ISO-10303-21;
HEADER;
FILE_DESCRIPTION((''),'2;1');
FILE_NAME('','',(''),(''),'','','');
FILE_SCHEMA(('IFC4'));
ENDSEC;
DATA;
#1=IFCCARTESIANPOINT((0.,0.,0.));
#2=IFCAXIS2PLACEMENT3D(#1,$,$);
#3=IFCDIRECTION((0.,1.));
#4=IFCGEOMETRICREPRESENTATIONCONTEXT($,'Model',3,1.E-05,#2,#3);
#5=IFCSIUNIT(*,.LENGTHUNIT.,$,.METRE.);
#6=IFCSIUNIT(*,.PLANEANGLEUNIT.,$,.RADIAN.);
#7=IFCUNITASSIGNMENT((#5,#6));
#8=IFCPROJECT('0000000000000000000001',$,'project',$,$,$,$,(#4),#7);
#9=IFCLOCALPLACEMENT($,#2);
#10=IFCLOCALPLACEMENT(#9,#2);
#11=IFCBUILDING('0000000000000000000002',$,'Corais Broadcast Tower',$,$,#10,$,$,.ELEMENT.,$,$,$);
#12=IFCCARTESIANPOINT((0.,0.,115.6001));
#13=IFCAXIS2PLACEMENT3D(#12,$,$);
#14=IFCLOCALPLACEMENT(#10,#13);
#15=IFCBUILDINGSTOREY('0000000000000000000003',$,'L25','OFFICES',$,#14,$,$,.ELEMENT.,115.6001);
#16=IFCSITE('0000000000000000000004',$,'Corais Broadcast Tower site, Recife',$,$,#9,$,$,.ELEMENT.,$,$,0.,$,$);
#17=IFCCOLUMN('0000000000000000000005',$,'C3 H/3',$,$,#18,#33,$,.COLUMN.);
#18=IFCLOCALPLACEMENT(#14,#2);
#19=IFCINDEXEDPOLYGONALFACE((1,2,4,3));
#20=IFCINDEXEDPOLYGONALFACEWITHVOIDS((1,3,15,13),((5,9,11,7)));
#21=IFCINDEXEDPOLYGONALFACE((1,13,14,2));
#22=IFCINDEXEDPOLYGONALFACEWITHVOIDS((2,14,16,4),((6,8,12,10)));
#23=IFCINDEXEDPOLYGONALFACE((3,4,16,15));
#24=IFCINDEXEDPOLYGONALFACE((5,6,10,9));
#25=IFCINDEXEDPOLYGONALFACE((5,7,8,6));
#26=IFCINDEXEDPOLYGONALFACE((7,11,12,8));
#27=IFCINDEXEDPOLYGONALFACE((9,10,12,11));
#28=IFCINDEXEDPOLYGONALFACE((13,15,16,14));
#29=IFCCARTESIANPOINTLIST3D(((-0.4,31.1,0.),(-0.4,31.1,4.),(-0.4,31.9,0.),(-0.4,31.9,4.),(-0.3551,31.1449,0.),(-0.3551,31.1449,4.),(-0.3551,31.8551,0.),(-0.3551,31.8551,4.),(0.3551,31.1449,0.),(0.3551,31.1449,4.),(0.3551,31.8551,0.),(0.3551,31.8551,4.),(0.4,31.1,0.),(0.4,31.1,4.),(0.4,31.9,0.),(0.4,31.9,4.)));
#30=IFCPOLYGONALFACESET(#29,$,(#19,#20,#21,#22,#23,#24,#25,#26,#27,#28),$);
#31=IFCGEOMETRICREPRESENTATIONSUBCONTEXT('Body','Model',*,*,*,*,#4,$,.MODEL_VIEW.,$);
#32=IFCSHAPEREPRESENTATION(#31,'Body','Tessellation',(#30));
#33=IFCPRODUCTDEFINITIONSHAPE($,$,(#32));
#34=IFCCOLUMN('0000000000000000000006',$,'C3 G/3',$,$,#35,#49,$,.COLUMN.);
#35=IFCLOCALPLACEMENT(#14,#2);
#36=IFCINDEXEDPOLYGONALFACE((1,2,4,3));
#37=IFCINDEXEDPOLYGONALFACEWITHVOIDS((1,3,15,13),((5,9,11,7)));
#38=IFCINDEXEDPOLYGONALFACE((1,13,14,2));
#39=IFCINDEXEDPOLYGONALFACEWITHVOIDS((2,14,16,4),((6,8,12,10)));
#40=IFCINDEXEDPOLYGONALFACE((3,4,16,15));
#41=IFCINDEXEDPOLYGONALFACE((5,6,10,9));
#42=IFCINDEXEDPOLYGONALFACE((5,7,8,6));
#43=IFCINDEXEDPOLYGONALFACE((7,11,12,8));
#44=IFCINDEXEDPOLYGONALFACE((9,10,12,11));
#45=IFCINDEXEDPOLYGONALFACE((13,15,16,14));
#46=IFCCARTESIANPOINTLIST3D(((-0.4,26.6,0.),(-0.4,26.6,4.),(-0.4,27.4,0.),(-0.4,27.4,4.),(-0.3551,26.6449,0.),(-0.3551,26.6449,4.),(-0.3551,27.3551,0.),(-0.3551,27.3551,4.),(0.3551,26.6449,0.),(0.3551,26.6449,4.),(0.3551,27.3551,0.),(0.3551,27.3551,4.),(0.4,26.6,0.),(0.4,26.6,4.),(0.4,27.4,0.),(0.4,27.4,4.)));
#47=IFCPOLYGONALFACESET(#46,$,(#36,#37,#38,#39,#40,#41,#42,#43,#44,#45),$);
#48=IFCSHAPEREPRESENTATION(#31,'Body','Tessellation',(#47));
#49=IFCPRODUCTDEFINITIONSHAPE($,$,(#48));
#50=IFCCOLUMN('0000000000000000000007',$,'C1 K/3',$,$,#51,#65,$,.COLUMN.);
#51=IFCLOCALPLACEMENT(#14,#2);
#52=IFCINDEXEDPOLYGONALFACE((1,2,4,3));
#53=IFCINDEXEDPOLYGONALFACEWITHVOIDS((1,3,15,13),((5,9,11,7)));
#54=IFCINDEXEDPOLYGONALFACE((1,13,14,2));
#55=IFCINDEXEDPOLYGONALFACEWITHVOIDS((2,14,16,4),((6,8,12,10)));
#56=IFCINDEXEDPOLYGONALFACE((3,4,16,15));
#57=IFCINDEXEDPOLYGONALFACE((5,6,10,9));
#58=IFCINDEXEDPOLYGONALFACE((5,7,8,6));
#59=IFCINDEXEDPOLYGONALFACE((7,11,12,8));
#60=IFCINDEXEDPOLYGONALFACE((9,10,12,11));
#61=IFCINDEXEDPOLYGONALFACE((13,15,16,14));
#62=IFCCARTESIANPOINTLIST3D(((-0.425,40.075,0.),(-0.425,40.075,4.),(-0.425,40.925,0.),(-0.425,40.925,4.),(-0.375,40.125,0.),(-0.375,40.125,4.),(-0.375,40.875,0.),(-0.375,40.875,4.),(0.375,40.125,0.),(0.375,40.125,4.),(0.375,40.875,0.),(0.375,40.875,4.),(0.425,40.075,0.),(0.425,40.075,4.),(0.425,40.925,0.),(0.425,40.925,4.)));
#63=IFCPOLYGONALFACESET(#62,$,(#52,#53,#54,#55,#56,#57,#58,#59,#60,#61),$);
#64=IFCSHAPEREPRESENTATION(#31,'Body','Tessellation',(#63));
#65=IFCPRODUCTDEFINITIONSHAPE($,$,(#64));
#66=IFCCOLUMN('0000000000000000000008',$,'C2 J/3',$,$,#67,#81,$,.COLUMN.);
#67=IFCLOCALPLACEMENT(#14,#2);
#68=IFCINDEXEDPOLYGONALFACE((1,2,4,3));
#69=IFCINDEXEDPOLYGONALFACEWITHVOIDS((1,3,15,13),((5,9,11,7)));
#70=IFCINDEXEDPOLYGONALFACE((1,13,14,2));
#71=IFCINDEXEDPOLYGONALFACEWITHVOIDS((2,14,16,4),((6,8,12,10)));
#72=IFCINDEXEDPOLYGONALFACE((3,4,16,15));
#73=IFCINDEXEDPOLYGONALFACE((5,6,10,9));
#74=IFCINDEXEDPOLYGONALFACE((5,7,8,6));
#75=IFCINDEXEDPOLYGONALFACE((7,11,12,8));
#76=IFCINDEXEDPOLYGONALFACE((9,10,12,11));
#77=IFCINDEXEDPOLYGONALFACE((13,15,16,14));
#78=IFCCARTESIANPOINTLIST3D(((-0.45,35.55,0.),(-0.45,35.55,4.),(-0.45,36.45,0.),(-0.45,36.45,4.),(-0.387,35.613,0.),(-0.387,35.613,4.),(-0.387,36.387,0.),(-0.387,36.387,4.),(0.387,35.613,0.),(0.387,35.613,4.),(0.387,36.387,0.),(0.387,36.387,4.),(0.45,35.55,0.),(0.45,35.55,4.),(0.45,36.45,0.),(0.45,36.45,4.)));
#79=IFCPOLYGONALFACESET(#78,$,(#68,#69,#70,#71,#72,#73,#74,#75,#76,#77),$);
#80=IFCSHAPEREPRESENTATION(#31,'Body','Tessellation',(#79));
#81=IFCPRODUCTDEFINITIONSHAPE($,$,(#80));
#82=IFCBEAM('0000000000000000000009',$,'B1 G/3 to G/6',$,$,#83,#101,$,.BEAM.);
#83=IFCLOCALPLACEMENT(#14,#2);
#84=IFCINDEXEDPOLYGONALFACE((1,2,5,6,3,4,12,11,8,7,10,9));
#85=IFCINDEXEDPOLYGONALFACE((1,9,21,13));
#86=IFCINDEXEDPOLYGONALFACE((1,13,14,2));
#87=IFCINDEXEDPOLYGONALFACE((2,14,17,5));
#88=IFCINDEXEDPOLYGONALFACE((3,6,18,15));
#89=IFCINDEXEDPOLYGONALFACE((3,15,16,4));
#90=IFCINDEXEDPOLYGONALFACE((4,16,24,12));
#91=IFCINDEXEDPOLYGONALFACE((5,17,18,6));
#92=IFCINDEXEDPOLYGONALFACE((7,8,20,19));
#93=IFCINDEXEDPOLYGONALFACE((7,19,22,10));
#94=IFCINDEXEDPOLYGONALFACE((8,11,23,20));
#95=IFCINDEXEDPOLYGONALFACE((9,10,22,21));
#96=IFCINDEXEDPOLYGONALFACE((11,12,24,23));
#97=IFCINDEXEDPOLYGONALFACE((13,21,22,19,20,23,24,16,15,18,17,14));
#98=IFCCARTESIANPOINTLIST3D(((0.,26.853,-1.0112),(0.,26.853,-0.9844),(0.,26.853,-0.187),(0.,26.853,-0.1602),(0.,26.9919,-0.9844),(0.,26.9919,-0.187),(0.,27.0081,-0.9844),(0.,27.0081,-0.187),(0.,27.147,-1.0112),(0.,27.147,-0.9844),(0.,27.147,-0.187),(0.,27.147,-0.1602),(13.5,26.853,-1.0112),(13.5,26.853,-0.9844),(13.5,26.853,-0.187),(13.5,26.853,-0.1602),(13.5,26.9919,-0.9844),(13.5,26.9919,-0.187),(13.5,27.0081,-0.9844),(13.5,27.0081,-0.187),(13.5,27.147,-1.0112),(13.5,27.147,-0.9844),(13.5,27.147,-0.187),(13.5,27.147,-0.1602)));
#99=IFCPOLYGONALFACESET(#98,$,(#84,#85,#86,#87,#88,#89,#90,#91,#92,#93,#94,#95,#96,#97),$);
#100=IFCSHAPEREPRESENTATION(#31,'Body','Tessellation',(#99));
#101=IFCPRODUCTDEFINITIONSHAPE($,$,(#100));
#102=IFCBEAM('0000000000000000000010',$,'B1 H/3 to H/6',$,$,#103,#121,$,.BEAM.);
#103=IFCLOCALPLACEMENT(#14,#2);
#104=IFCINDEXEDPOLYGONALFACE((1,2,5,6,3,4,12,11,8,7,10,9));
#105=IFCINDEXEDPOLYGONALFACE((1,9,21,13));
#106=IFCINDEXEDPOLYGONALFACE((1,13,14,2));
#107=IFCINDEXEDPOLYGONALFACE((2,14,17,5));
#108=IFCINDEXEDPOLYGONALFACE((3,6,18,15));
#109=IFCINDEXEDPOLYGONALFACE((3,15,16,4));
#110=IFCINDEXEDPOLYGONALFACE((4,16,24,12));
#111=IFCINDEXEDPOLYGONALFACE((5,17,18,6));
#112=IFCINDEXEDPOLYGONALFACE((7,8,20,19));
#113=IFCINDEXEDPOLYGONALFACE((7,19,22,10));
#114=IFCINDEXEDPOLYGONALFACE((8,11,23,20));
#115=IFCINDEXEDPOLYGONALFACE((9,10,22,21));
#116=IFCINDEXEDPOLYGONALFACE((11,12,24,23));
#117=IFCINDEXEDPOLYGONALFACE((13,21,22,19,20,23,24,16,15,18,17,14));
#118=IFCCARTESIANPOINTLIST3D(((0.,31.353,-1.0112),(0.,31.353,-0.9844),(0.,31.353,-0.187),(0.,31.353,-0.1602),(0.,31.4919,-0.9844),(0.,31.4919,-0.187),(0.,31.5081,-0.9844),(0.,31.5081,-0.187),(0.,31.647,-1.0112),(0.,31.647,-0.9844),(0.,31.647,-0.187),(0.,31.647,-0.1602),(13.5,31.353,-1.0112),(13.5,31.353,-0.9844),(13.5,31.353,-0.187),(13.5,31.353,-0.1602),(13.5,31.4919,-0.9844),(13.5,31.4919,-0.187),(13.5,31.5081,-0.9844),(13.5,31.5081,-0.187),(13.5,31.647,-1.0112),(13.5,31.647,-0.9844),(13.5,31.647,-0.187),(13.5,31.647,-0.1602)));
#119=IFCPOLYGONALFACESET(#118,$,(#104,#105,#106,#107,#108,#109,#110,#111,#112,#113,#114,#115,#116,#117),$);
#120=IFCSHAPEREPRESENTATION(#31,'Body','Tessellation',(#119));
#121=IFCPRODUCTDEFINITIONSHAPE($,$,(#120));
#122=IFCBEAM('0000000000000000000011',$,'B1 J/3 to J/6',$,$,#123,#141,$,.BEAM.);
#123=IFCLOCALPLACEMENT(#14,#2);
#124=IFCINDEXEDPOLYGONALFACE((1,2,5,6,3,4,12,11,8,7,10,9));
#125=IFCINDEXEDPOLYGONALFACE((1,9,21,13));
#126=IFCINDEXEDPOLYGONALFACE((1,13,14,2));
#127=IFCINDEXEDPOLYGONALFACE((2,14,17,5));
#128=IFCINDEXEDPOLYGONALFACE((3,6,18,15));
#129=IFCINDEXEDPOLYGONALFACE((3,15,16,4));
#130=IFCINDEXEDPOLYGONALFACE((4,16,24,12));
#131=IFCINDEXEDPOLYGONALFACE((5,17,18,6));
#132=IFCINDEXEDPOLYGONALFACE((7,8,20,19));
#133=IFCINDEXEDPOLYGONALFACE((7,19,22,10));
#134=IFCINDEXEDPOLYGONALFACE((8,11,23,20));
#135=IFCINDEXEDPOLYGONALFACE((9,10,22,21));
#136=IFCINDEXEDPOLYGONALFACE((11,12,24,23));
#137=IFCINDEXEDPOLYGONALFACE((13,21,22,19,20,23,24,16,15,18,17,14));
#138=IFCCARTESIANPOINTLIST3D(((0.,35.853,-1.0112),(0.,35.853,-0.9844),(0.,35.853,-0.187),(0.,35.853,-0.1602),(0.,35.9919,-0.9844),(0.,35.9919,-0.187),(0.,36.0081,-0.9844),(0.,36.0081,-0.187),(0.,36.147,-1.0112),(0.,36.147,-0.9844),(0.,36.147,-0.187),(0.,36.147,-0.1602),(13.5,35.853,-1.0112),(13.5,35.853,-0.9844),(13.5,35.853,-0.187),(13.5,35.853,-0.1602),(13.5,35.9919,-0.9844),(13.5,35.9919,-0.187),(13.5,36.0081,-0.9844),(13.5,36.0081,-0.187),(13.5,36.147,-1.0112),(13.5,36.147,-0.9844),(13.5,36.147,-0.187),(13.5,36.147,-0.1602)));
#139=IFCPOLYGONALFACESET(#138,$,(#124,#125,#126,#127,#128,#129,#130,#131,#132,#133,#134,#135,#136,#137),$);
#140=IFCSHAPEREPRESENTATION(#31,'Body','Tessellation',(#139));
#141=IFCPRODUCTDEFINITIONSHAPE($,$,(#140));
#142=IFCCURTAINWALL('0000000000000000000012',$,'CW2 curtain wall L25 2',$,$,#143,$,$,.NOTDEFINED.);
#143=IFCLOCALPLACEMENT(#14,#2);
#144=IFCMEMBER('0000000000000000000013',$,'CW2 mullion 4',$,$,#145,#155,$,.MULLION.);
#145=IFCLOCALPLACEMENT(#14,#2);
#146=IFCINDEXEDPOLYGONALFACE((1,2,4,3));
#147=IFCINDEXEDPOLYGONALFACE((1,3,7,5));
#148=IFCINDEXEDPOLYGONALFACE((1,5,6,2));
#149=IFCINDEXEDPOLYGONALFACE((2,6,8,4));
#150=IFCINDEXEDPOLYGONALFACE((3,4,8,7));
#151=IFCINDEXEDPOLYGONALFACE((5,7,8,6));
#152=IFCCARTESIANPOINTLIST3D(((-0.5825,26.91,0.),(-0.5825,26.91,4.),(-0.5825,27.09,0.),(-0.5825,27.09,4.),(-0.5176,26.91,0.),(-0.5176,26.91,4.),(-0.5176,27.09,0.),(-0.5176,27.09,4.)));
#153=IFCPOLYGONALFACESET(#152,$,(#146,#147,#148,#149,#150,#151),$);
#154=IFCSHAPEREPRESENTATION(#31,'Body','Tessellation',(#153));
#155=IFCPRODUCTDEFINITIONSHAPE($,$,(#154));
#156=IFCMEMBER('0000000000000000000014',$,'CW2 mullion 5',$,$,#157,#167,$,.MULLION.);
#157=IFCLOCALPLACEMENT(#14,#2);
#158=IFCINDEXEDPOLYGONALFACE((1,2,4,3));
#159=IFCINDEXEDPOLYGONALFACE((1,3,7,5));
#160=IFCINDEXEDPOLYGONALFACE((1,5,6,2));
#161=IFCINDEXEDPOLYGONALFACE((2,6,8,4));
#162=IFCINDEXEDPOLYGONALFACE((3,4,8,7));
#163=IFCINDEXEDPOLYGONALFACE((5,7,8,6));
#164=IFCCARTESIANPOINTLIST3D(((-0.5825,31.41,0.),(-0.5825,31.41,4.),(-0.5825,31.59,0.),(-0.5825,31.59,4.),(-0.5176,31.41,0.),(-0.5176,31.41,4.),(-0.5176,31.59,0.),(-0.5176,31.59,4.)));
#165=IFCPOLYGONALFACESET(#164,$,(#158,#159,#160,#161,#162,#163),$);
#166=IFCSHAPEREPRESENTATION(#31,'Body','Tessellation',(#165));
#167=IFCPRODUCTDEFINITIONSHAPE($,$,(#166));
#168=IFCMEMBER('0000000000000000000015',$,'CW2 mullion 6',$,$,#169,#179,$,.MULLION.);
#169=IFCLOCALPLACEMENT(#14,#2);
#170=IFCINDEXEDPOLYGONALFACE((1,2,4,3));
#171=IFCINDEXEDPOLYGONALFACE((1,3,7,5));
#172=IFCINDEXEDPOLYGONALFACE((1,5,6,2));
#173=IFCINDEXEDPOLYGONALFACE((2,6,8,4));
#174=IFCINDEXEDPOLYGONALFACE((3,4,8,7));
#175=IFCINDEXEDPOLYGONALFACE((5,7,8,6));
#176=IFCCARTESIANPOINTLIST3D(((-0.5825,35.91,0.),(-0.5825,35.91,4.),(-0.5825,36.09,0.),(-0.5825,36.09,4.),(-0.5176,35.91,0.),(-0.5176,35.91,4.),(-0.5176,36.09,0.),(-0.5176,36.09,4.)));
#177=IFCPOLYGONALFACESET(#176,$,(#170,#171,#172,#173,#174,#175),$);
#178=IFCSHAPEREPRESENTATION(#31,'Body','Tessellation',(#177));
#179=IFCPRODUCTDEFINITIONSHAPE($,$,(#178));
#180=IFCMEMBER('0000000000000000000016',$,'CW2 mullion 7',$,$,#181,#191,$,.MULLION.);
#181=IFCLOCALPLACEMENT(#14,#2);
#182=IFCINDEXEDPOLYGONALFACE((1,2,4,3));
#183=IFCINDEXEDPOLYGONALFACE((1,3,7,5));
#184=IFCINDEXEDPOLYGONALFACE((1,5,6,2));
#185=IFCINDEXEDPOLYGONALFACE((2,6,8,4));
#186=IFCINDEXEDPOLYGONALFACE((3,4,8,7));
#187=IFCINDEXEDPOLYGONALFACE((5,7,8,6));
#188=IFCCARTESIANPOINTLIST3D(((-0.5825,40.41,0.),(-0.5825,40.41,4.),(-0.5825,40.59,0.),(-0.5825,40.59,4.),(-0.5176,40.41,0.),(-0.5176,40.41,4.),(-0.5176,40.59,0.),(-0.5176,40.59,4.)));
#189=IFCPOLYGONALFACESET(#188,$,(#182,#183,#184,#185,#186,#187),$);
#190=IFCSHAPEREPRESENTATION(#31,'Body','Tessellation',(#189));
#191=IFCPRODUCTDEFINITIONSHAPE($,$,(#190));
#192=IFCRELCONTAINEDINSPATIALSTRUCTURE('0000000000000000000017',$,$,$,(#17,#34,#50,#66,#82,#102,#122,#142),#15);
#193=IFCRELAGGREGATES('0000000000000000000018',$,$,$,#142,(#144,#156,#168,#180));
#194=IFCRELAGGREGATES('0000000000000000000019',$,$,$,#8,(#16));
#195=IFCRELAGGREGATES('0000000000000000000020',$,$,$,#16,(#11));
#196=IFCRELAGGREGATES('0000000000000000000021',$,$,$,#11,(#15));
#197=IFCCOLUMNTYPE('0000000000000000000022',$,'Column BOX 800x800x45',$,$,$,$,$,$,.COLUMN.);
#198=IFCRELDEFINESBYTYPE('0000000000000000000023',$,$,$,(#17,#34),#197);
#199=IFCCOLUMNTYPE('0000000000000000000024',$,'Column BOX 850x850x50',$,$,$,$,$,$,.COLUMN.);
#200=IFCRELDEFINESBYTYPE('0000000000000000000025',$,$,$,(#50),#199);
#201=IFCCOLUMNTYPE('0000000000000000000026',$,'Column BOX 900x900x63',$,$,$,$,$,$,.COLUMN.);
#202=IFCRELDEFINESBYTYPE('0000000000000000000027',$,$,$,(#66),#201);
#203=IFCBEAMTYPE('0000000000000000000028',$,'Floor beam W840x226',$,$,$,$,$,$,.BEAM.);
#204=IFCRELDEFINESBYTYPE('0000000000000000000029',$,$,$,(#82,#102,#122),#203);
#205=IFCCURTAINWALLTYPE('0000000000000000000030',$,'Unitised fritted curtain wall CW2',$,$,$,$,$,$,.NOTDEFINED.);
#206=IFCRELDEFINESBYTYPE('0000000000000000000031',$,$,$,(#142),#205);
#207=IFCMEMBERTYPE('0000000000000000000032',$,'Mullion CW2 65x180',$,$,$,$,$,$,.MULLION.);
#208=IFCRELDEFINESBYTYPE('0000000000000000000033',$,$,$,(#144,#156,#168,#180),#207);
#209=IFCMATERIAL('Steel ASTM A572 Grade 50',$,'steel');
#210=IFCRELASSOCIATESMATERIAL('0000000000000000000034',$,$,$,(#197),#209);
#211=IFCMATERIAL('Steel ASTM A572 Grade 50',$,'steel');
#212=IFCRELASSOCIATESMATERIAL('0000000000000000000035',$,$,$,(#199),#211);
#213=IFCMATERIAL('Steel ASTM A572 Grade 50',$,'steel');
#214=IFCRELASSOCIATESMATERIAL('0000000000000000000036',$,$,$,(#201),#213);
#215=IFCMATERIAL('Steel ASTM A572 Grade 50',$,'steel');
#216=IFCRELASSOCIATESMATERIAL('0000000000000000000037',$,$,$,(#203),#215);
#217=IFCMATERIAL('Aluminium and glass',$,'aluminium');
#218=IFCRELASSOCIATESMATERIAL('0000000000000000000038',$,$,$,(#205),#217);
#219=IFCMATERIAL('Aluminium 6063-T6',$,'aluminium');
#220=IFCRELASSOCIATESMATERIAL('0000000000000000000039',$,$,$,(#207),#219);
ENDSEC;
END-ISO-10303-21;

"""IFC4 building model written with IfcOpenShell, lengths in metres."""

from ifc_helpers import new_model, si_unit, direction, frame, origin, origin_2d, place, context, subcontext, project, spatial, rectangle, hollow_rectangle, i_section, extrude, material, material_profile, profile_set, type_object, element, aggregate, save


model = new_model("IFC4")

# Units and contexts
model_context = context("Model", 3, precision=1e-05, world=origin(), true_north=direction((0.0, 1.0)))
body_context = subcontext(model_context, "Body", "Model", "MODEL_VIEW")
ifc_project = project(units=[si_unit("LENGTHUNIT", "METRE"), si_unit("PLANEANGLEUNIT", "RADIAN")], contexts=[model_context])

# Site, building, storey
site_placement = place(None, origin())
site = spatial("IfcSite", under=ifc_project, at=site_placement, Name="Corais Broadcast Tower site, Recife", CompositionType="ELEMENT", RefElevation=0.0)
building_placement = place(site_placement, origin())
building = spatial("IfcBuilding", under=site, at=building_placement, Name="Corais Broadcast Tower", CompositionType="ELEMENT")
storey_placement = place(building_placement, frame((0.0, 0.0, 115.6001)))
storey = spatial("IfcBuildingStorey", under=building, at=storey_placement, Name="L25", Description="OFFICES", CompositionType="ELEMENT", Elevation=115.6001)

# Columns
ifc_material_1 = material(Name="Steel ASTM A572 Grade 50", Category="steel")
ifc_material_profile_1 = material_profile(ifc_material_1, hollow_rectangle(XDim=0.8, YDim=0.8, WallThickness=0.0449, at=origin_2d()), Name="BOX 800x800x45")
ifc_profile_set_1 = profile_set([ifc_material_profile_1], Name="Steel ASTM A572 Grade 50")
column_type_1 = type_object("IfcColumnType", Name="Column BOX 800x800x45", PredefinedType="COLUMN", material=ifc_profile_set_1)
for number, where, z_axis, x_axis, name in (
    (1, (0.0, 31.5, 0.0), (0.0, 0.0, 1.0), (1.0, 0.0, 0.0), "C3 H/3"),
    (2, (0.0, 27.0, 0.0), (0.0, 0.0, 1.0), (1.0, 0.0, 0.0), "C3 G/3"),
):
    element("IfcColumn", number, at=place(storey_placement, frame(where, z_axis=z_axis, x_axis=x_axis)), inside=storey, type_object=column_type_1, Name=name, PredefinedType="COLUMN", context=body_context, shape_type="SweptSolid", body=[
        extrude(hollow_rectangle(XDim=0.8, YDim=0.8, WallThickness=0.0449, at=origin_2d()), origin(), (0.0, 0.0, 1.0), 4.0),
    ])
ifc_material_2 = material(Name="Steel ASTM A572 Grade 50", Category="steel")
ifc_material_profile_2 = material_profile(ifc_material_2, hollow_rectangle(XDim=0.8501, YDim=0.8501, WallThickness=0.05, at=origin_2d()), Name="BOX 850x850x50")
ifc_profile_set_2 = profile_set([ifc_material_profile_2], Name="Steel ASTM A572 Grade 50")
column_type_2 = type_object("IfcColumnType", Name="Column BOX 850x850x50", PredefinedType="COLUMN", material=ifc_profile_set_2)
column_1_placement = place(storey_placement, frame((0.0, 40.5, 0.0), z_axis=(0.0, 0.0, 1.0), x_axis=(1.0, 0.0, 0.0)))
element("IfcColumn", 3, at=column_1_placement, inside=storey, type_object=column_type_2, Name="C1 K/3", PredefinedType="COLUMN", context=body_context, shape_type="SweptSolid", body=[
    extrude(hollow_rectangle(XDim=0.8501, YDim=0.8501, WallThickness=0.05, at=origin_2d()), origin(), (0.0, 0.0, 1.0), 4.0),
])
ifc_material_3 = material(Name="Steel ASTM A572 Grade 50", Category="steel")
ifc_material_profile_3 = material_profile(ifc_material_3, hollow_rectangle(XDim=0.8999, YDim=0.8999, WallThickness=0.063, at=origin_2d()), Name="BOX 900x900x63")
ifc_profile_set_3 = profile_set([ifc_material_profile_3], Name="Steel ASTM A572 Grade 50")
column_type_3 = type_object("IfcColumnType", Name="Column BOX 900x900x63", PredefinedType="COLUMN", material=ifc_profile_set_3)
column_2_placement = place(storey_placement, frame((0.0, 36.0, 0.0), z_axis=(0.0, 0.0, 1.0), x_axis=(1.0, 0.0, 0.0)))
element("IfcColumn", 4, at=column_2_placement, inside=storey, type_object=column_type_3, Name="C2 J/3", PredefinedType="COLUMN", context=body_context, shape_type="SweptSolid", body=[
    extrude(hollow_rectangle(XDim=0.8999, YDim=0.8999, WallThickness=0.063, at=origin_2d()), origin(), (0.0, 0.0, 1.0), 4.0),
])

# Beams
ifc_material_4 = material(Name="Steel ASTM A572 Grade 50", Category="steel")
ifc_material_profile_4 = material_profile(ifc_material_4, i_section(OverallWidth=0.2939, OverallDepth=0.8511, WebThickness=0.0161, FlangeThickness=0.0269, at=origin_2d()), Name="W840x226")
ifc_profile_set_4 = profile_set([ifc_material_profile_4], Name="Steel ASTM A572 Grade 50")
beam_type_1 = type_object("IfcBeamType", Name="Floor beam W840x226", PredefinedType="BEAM", material=ifc_profile_set_4)
for number, where, z_axis, x_axis, name in (
    (5, (0.0, 27.0, -0.5857), (1.0, 0.0, 0.0), (0.0, 1.0, 0.0), "B1 G/3 to G/6"),
    (6, (0.0, 31.5, -0.5857), (1.0, 0.0, 0.0), (0.0, 1.0, 0.0), "B1 H/3 to H/6"),
    (7, (0.0, 36.0, -0.5857), (1.0, 0.0, 0.0), (0.0, 1.0, 0.0), "B1 J/3 to J/6"),
):
    element("IfcBeam", number, at=place(storey_placement, frame(where, z_axis=z_axis, x_axis=x_axis)), inside=storey, type_object=beam_type_1, Name=name, PredefinedType="BEAM", context=body_context, shape_type="SweptSolid", body=[
        extrude(i_section(OverallWidth=0.2939, OverallDepth=0.8511, WebThickness=0.0161, FlangeThickness=0.0269, at=origin_2d()), origin(), (0.0, 0.0, 1.0), 13.5),
    ])

# Curtain wall, members
ifc_material_5 = material(Name="Aluminium and glass", Category="aluminium")
curtain_wall_type = type_object("IfcCurtainWallType", Name="Unitised fritted curtain wall CW2", PredefinedType="NOTDEFINED", material=ifc_material_5)
curtain_wall_placement = place(storey_placement, origin())
curtain_wall = element("IfcCurtainWall", 8, at=curtain_wall_placement, inside=storey, type_object=curtain_wall_type, Name="CW2 curtain wall L25 2", PredefinedType="NOTDEFINED")
ifc_material_6 = material(Name="Aluminium 6063-T6", Category="aluminium")
ifc_material_profile_5 = material_profile(ifc_material_6, rectangle(XDim=0.0649, YDim=0.1799, at=origin_2d()), Name="Mullion CW2 65x180")
ifc_profile_set_5 = profile_set([ifc_material_profile_5], Name="Aluminium 6063-T6")
member_type_1 = type_object("IfcMemberType", Name="Mullion CW2 65x180", PredefinedType="MULLION", material=ifc_profile_set_5)
member_1_placement = place(storey_placement, frame((-0.55, 27.0, 0.0), z_axis=(0.0, 0.0, 1.0), x_axis=(-1.0, 0.0, 0.0)))
member_1 = element("IfcMember", 9, at=member_1_placement, type_object=member_type_1, Name="CW2 mullion 4", PredefinedType="MULLION", context=body_context, shape_type="SweptSolid", body=[
    extrude(rectangle(XDim=0.0649, YDim=0.1799, at=origin_2d()), origin(), (0.0, 0.0, 1.0), 4.0),
])
member_2_placement = place(storey_placement, frame((-0.55, 31.5, 0.0), z_axis=(0.0, 0.0, 1.0), x_axis=(-1.0, 0.0, 0.0)))
member_2 = element("IfcMember", 10, at=member_2_placement, type_object=member_type_1, Name="CW2 mullion 5", PredefinedType="MULLION", context=body_context, shape_type="SweptSolid", body=[
    extrude(rectangle(XDim=0.0649, YDim=0.1799, at=origin_2d()), origin(), (0.0, 0.0, 1.0), 4.0),
])
member_3_placement = place(storey_placement, frame((-0.55, 36.0, 0.0), z_axis=(0.0, 0.0, 1.0), x_axis=(-1.0, 0.0, 0.0)))
member_3 = element("IfcMember", 11, at=member_3_placement, type_object=member_type_1, Name="CW2 mullion 6", PredefinedType="MULLION", context=body_context, shape_type="SweptSolid", body=[
    extrude(rectangle(XDim=0.0649, YDim=0.1799, at=origin_2d()), origin(), (0.0, 0.0, 1.0), 4.0),
])
member_4_placement = place(storey_placement, frame((-0.55, 40.5, 0.0), z_axis=(0.0, 0.0, 1.0), x_axis=(-1.0, 0.0, 0.0)))
member_4 = element("IfcMember", 12, at=member_4_placement, type_object=member_type_1, Name="CW2 mullion 7", PredefinedType="MULLION", context=body_context, shape_type="SweptSolid", body=[
    extrude(rectangle(XDim=0.0649, YDim=0.1799, at=origin_2d()), origin(), (0.0, 0.0, 1.0), 4.0),
])

aggregate(curtain_wall, [member_1, member_2, member_3, member_4])

save(model, "model.ifc")
